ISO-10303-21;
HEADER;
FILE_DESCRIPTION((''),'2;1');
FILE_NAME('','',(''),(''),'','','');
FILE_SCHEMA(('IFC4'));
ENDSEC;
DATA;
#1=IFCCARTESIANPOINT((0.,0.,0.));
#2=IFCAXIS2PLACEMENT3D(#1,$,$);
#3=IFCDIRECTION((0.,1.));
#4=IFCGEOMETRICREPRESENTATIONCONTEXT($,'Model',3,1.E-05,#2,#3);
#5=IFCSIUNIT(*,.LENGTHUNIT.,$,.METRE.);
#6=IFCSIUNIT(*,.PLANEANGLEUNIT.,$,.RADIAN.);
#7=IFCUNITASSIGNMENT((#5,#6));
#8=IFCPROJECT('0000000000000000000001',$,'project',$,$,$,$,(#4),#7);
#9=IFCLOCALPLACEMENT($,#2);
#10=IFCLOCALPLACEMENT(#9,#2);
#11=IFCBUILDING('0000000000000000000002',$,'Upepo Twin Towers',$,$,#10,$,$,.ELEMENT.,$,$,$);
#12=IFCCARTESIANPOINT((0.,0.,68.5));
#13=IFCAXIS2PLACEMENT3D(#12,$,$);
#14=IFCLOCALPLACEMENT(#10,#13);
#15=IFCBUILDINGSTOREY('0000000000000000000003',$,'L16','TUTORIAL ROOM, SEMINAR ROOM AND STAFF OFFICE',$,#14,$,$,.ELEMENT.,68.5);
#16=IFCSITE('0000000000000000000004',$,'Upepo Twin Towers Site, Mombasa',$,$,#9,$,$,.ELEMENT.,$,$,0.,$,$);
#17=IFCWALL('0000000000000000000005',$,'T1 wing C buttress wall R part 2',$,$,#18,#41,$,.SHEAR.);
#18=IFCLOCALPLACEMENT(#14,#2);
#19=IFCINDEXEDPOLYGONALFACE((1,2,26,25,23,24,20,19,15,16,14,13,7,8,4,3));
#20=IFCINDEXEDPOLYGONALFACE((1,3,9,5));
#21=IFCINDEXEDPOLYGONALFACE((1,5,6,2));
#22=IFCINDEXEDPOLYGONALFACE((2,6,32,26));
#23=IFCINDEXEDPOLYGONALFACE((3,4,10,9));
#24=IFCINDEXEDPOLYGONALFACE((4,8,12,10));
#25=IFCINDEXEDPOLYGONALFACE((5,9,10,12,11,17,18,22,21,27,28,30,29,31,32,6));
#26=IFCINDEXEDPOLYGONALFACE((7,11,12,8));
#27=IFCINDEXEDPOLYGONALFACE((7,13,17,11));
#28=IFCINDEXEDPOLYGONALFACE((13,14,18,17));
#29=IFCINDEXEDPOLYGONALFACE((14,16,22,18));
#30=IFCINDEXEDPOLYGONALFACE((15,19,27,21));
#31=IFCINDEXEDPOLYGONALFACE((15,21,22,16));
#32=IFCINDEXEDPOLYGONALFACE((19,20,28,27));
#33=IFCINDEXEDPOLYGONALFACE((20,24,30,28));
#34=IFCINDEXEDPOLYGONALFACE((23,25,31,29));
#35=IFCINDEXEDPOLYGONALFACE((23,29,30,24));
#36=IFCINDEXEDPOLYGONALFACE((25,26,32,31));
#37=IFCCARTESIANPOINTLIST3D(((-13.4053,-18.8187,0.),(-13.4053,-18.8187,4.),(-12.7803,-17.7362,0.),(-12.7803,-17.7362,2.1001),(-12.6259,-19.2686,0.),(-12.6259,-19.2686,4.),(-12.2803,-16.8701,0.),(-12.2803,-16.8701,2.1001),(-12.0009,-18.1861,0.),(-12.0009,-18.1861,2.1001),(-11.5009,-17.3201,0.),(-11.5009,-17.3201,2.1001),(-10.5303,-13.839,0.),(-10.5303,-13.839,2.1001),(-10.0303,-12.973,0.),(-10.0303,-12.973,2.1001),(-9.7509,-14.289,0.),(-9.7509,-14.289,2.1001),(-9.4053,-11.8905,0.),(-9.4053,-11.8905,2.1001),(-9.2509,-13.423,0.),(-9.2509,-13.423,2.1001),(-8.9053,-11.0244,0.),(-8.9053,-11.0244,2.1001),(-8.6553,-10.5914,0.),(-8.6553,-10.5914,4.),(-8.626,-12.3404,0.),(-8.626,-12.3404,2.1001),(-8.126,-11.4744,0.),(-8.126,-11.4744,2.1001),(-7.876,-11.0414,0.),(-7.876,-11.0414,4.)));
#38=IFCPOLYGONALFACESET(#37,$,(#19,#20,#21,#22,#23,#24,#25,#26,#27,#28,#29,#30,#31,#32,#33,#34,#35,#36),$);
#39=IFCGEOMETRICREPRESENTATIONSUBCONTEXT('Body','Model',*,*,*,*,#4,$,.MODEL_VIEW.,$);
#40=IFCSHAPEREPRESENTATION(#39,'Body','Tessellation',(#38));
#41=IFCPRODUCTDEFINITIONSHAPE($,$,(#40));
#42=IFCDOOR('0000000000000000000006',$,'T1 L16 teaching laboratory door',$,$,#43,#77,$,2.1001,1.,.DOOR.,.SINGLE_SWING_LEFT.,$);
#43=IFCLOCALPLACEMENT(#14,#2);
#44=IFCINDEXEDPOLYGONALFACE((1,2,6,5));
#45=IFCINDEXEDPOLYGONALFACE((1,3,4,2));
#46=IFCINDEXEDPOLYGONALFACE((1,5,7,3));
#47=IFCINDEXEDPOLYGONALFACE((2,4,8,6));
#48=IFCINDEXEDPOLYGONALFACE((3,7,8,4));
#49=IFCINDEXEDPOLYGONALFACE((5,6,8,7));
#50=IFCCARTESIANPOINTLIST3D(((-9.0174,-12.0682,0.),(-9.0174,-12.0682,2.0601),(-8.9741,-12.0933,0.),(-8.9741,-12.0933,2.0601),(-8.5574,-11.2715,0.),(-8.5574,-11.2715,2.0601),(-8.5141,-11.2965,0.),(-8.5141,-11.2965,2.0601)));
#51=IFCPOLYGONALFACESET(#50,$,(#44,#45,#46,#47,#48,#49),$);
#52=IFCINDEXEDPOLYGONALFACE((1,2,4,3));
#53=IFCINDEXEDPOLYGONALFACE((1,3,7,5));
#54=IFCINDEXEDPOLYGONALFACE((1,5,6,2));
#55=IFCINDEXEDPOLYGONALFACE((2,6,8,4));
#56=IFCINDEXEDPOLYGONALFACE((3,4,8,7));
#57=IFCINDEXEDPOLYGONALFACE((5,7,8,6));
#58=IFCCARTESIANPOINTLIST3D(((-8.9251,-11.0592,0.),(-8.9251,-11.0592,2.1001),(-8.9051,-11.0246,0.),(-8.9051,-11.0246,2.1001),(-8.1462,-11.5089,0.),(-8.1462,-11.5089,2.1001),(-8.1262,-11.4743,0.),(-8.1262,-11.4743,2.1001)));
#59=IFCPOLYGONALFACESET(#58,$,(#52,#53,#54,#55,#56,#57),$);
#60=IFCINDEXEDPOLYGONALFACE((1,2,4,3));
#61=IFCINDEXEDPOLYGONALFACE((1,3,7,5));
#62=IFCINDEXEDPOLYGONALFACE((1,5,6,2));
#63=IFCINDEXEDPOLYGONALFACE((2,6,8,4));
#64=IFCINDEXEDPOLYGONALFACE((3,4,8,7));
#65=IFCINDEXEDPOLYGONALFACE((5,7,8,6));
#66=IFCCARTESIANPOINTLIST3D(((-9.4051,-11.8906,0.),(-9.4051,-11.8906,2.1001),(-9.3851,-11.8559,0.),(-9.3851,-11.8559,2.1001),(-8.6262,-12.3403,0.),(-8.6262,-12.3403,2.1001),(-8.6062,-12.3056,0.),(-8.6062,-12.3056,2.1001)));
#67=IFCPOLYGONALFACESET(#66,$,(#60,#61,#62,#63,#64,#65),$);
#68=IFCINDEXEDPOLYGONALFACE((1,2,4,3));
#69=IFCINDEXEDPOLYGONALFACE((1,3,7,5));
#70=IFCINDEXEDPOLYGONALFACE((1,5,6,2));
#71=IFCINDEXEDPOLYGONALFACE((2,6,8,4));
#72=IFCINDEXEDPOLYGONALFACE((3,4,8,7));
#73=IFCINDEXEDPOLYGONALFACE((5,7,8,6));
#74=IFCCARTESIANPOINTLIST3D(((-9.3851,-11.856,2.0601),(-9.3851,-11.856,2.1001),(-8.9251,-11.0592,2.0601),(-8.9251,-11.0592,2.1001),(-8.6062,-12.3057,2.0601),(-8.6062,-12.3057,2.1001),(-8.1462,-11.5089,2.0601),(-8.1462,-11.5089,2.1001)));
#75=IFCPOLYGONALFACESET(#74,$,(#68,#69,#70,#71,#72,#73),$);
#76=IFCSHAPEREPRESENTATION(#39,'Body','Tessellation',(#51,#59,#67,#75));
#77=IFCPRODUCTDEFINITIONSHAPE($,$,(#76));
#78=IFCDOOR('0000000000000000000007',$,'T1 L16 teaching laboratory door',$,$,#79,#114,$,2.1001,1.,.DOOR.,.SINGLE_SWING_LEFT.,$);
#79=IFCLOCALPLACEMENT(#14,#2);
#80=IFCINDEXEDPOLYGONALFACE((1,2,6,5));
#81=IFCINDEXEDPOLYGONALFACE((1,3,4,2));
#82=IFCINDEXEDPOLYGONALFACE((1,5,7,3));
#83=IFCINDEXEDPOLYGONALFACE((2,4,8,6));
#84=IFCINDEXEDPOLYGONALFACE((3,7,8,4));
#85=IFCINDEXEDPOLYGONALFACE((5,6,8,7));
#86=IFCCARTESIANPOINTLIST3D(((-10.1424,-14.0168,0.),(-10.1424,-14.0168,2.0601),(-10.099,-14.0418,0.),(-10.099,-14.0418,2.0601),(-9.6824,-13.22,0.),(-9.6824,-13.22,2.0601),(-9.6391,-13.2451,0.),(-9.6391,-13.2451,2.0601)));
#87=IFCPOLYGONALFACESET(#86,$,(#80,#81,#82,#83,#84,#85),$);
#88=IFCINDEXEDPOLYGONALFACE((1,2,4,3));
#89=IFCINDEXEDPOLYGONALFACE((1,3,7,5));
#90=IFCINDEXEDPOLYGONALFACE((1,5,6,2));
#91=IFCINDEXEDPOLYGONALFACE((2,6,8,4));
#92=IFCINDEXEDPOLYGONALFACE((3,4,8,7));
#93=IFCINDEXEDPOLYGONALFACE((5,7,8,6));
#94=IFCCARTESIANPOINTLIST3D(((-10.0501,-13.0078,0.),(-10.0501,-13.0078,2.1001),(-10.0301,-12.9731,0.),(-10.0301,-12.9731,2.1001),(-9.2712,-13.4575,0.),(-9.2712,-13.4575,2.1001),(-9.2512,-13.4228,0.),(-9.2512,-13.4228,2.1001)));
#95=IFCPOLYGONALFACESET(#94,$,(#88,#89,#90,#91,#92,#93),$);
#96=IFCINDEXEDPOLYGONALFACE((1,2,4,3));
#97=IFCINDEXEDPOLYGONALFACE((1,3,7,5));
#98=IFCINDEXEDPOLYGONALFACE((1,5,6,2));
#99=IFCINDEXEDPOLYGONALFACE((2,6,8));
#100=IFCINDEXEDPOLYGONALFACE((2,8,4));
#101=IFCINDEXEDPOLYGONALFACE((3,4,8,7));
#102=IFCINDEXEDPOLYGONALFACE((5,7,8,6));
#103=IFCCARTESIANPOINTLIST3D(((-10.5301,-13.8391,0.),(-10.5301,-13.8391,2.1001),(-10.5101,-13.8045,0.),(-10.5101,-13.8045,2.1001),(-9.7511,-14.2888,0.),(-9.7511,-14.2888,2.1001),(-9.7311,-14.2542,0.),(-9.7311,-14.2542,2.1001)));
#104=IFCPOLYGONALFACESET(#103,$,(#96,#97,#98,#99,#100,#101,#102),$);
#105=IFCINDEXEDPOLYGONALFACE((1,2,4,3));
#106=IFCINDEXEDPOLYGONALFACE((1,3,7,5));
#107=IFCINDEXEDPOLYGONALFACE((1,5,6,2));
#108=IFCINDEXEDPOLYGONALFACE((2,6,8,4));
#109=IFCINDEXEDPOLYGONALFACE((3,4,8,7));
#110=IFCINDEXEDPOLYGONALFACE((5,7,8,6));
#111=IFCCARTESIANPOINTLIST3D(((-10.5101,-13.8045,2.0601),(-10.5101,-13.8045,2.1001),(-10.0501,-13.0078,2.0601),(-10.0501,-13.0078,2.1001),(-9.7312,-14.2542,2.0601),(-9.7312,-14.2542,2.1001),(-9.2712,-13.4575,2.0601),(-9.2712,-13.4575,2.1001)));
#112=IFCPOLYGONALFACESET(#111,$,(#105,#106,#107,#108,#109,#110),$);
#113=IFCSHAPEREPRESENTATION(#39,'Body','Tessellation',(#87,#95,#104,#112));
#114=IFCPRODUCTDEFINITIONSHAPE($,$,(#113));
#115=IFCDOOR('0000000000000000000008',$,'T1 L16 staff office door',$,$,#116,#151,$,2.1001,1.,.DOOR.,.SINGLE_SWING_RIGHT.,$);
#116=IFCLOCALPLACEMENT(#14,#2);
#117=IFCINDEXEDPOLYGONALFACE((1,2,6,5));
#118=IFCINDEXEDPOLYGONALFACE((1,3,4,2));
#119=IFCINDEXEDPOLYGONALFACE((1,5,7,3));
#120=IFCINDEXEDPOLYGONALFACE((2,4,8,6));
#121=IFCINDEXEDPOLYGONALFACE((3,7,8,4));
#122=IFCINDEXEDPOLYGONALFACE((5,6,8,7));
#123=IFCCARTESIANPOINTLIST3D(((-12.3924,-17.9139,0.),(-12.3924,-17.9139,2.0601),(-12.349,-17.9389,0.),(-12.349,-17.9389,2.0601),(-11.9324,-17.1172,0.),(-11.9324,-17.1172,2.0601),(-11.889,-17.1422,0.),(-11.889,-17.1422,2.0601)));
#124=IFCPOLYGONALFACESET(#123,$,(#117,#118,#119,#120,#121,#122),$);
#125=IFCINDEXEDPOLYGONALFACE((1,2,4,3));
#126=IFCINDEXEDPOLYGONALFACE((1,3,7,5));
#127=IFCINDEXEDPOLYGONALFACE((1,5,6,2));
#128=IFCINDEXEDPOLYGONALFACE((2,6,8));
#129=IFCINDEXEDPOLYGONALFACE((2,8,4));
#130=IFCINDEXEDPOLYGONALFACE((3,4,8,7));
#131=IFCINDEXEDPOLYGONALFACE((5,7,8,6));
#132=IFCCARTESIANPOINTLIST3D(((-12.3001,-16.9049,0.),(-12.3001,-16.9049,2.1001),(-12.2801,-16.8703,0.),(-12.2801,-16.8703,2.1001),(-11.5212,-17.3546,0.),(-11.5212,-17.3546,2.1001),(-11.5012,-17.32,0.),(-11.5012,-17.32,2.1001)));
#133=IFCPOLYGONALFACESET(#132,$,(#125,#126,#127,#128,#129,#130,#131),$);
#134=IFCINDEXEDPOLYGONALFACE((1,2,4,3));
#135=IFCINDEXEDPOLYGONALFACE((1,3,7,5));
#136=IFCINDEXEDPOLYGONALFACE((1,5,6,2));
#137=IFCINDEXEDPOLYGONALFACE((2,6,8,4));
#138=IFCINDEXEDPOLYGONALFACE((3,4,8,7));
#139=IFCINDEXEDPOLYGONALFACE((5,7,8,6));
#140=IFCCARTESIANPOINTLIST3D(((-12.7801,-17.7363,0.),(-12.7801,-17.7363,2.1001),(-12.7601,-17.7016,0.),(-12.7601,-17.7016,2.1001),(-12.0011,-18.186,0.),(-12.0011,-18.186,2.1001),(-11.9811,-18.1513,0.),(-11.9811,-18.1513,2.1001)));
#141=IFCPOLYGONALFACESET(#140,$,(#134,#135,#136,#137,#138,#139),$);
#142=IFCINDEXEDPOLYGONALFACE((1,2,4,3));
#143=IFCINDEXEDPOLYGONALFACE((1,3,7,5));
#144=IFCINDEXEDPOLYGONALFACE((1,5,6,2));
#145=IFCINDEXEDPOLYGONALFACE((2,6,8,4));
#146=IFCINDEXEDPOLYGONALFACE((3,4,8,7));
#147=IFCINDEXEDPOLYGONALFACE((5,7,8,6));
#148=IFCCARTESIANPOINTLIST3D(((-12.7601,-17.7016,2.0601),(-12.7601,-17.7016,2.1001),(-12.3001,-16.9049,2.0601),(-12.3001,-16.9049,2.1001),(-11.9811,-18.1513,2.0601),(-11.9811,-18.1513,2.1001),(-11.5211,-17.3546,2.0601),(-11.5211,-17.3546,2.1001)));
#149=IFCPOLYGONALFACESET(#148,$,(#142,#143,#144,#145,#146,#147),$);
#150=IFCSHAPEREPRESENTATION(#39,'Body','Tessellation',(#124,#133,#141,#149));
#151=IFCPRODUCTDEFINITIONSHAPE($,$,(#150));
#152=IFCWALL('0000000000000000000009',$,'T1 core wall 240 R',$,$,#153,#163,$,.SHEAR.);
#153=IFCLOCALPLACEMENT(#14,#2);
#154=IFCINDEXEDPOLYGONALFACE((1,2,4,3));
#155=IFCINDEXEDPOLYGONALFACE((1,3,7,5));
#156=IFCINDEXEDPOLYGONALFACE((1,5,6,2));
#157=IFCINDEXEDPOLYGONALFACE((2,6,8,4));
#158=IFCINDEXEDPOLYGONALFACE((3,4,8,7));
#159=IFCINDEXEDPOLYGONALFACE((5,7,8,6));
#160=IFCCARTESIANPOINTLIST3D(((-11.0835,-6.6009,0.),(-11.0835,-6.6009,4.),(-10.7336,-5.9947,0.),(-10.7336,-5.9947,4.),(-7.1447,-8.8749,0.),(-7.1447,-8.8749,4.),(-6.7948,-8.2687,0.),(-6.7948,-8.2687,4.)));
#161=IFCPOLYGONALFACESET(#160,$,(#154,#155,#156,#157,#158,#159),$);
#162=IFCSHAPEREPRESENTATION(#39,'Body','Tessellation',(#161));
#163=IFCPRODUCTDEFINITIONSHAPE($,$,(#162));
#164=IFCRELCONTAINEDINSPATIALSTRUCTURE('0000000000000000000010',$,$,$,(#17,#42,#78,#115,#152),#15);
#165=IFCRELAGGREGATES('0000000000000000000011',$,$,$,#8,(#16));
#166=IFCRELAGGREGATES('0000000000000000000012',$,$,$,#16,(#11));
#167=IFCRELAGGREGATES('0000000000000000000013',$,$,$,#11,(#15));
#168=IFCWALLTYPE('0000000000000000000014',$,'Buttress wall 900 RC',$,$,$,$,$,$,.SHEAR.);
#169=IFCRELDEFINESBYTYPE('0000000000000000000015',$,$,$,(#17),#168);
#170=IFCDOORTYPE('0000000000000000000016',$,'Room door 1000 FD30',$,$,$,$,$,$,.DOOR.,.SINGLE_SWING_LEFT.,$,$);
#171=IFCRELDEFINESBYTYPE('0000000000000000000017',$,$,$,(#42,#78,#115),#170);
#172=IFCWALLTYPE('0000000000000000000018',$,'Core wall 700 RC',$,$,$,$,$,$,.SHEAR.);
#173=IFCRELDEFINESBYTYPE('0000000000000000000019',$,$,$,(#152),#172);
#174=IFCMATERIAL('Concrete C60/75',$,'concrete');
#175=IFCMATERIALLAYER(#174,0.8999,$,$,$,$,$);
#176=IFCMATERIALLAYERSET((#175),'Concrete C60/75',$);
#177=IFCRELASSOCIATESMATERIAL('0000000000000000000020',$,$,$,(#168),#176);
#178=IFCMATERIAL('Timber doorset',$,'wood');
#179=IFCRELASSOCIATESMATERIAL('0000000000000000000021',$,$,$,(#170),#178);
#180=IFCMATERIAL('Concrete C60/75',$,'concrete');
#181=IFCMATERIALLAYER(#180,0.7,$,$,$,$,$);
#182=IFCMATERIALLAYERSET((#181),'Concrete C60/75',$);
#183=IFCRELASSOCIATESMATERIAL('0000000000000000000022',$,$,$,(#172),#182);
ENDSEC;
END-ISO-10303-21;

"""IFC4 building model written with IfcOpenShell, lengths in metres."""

from ifc_helpers import new_model, si_unit, direction, frame, frame_2d, origin, place, context, subcontext, project, spatial, rectangle, extrude, material, layer, layer_set, type_object, element, fill, save


model = new_model("IFC4")

# Units and contexts
model_context = context("Model", 3, precision=1e-05, world=origin(), true_north=direction((0.0, 1.0)))
body_context = subcontext(model_context, "Body", "Model", "MODEL_VIEW")
ifc_project = project(units=[si_unit("LENGTHUNIT", "METRE"), si_unit("PLANEANGLEUNIT", "RADIAN")], contexts=[model_context])

# Site, building, storey
site_placement = place(None, origin())
site = spatial("IfcSite", under=ifc_project, at=site_placement, Name="Upepo Twin Towers Site, Mombasa", CompositionType="ELEMENT", RefElevation=0.0)
building_placement = place(site_placement, origin())
building = spatial("IfcBuilding", under=site, at=building_placement, Name="Upepo Twin Towers", CompositionType="ELEMENT")
storey_placement = place(building_placement, frame((0.0, 0.0, 68.5)))
storey = spatial("IfcBuildingStorey", under=building, at=storey_placement, Name="L16", Description="TUTORIAL ROOM, SEMINAR ROOM AND STAFF OFFICE", CompositionType="ELEMENT", Elevation=68.5)

# Wall, openings, doors
ifc_material_1 = material(Name="Concrete C60/75", Category="concrete")
ifc_layer_1 = layer(ifc_material_1, 0.8999)
ifc_layer_set_1 = layer_set([ifc_layer_1], Name="Concrete C60/75")
wall_type_1 = type_object("IfcWallType", Name="Buttress wall 900 RC", PredefinedType="SHEAR", material=ifc_layer_set_1)
wall_1_placement = place(storey_placement, frame((-8.2656, -10.8164, 0.0), z_axis=(0.0, 0.0, 1.0), x_axis=(-0.499998, -0.866027, 0.0)))
wall_1 = element("IfcWall", 1, at=wall_1_placement, inside=storey, type_object=wall_type_1, Name="T1 wing C buttress wall R part 2", PredefinedType="SHEAR", context=body_context, shape_type="SweptSolid", body=[
    extrude(rectangle(XDim=9.5, YDim=0.8999, at=frame_2d((4.75, 0.0))), origin(), (0.0, 0.0, 1.0), 4.0),
])
opening_1_placement = place(wall_1_placement, frame((0.5, 0.0, 0.0)))
opening_1 = element("IfcOpeningElement", 2, at=opening_1_placement, cuts=wall_1, PredefinedType="OPENING", context=body_context, shape_type="SweptSolid", body=[
    extrude(rectangle(XDim=1.0, YDim=2.1001, at=frame_2d((0.5, 1.05))), frame((0.0, 0.46, 0.0), z_axis=(0.0, -1.0, 0.0), x_axis=(1.0, 0.0, 0.0)), (0.0, 0.0, 1.0), 0.9199),
])
opening_2_placement = place(wall_1_placement, frame((2.75, 0.0, 0.0)))
opening_2 = element("IfcOpeningElement", 3, at=opening_2_placement, cuts=wall_1, PredefinedType="OPENING", context=body_context, shape_type="SweptSolid", body=[
    extrude(rectangle(XDim=1.0, YDim=2.1001, at=frame_2d((0.5, 1.05))), frame((0.0, 0.46, 0.0), z_axis=(0.0, -1.0, 0.0), x_axis=(1.0, 0.0, 0.0)), (0.0, 0.0, 1.0), 0.9199),
])
opening_3_placement = place(wall_1_placement, frame((7.25, 0.0, 0.0)))
opening_3 = element("IfcOpeningElement", 4, at=opening_3_placement, cuts=wall_1, PredefinedType="OPENING", context=body_context, shape_type="SweptSolid", body=[
    extrude(rectangle(XDim=1.0, YDim=2.1001, at=frame_2d((0.5, 1.05))), frame((0.0, 0.46, 0.0), z_axis=(0.0, -1.0, 0.0), x_axis=(1.0, 0.0, 0.0)), (0.0, 0.0, 1.0), 0.9199),
])
ifc_material_2 = material(Name="Timber doorset", Category="wood")
door_type_1 = type_object("IfcDoorType", Name="Room door 1000 FD30", OperationType="SINGLE_SWING_LEFT", PredefinedType="DOOR", material=ifc_material_2)
door_1_placement = place(opening_1_placement, origin())
door_1 = element("IfcDoor", 5, at=door_1_placement, inside=storey, type_object=door_type_1, Name="T1 L16 teaching laboratory door", OperationType="SINGLE_SWING_LEFT", OverallHeight=2.1001, OverallWidth=1.0, PredefinedType="DOOR", context=body_context, shape_type="SweptSolid", body=[
    extrude(rectangle(XDim=0.92, YDim=2.0601, at=frame_2d((0.5, 1.03))), frame((0.0, 0.0249, 0.0), z_axis=(0.0, -1.0, 0.0), x_axis=(1.0, 0.0, 0.0)), (0.0, 0.0, 1.0), 0.05),
    extrude(rectangle(XDim=0.04, YDim=2.1001, at=frame_2d((0.02, 1.05))), frame((0.0, 0.4497, 0.0), z_axis=(0.0, -1.0, 0.0), x_axis=(1.0, 0.0, 0.0)), (0.0, 0.0, 1.0), 0.8994),
    extrude(rectangle(XDim=0.04, YDim=2.1001, at=frame_2d((0.98, 1.05))), frame((0.0, 0.4497, 0.0), z_axis=(0.0, -1.0, 0.0), x_axis=(1.0, 0.0, 0.0)), (0.0, 0.0, 1.0), 0.8994),
    extrude(rectangle(XDim=0.92, YDim=0.04, at=frame_2d((0.5, 2.0801))), frame((0.0, 0.4497, 0.0), z_axis=(0.0, -1.0, 0.0), x_axis=(1.0, 0.0, 0.0)), (0.0, 0.0, 1.0), 0.8994),
])
fill(opening_1, door_1)
door_2_placement = place(opening_2_placement, origin())
door_2 = element("IfcDoor", 6, at=door_2_placement, inside=storey, type_object=door_type_1, Name="T1 L16 teaching laboratory door", OperationType="SINGLE_SWING_LEFT", OverallHeight=2.1001, OverallWidth=1.0, PredefinedType="DOOR", context=body_context, shape_type="SweptSolid", body=[
    extrude(rectangle(XDim=0.92, YDim=2.0601, at=frame_2d((0.5, 1.03))), frame((0.0, 0.0249, 0.0), z_axis=(0.0, -1.0, 0.0), x_axis=(1.0, 0.0, 0.0)), (0.0, 0.0, 1.0), 0.05),
    extrude(rectangle(XDim=0.04, YDim=2.1001, at=frame_2d((0.02, 1.05))), frame((0.0, 0.4497, 0.0), z_axis=(0.0, -1.0, 0.0), x_axis=(1.0, 0.0, 0.0)), (0.0, 0.0, 1.0), 0.8994),
    extrude(rectangle(XDim=0.04, YDim=2.1001, at=frame_2d((0.98, 1.05))), frame((0.0, 0.4497, 0.0), z_axis=(0.0, -1.0, 0.0), x_axis=(1.0, 0.0, 0.0)), (0.0, 0.0, 1.0), 0.8994),
    extrude(rectangle(XDim=0.92, YDim=0.04, at=frame_2d((0.5, 2.0801))), frame((0.0, 0.4497, 0.0), z_axis=(0.0, -1.0, 0.0), x_axis=(1.0, 0.0, 0.0)), (0.0, 0.0, 1.0), 0.8994),
])
fill(opening_2, door_2)
door_3_placement = place(opening_3_placement, origin())
door_3 = element("IfcDoor", 7, at=door_3_placement, inside=storey, type_object=door_type_1, Name="T1 L16 staff office door", OperationType="SINGLE_SWING_RIGHT", OverallHeight=2.1001, OverallWidth=1.0, PredefinedType="DOOR", context=body_context, shape_type="SweptSolid", body=[
    extrude(rectangle(XDim=0.92, YDim=2.0601, at=frame_2d((0.5, 1.03))), frame((0.0, 0.0249, 0.0), z_axis=(0.0, -1.0, 0.0), x_axis=(1.0, 0.0, 0.0)), (0.0, 0.0, 1.0), 0.05),
    extrude(rectangle(XDim=0.04, YDim=2.1001, at=frame_2d((0.02, 1.05))), frame((0.0, 0.4497, 0.0), z_axis=(0.0, -1.0, 0.0), x_axis=(1.0, 0.0, 0.0)), (0.0, 0.0, 1.0), 0.8994),
    extrude(rectangle(XDim=0.04, YDim=2.1001, at=frame_2d((0.98, 1.05))), frame((0.0, 0.4497, 0.0), z_axis=(0.0, -1.0, 0.0), x_axis=(1.0, 0.0, 0.0)), (0.0, 0.0, 1.0), 0.8994),
    extrude(rectangle(XDim=0.92, YDim=0.04, at=frame_2d((0.5, 2.0801))), frame((0.0, 0.4497, 0.0), z_axis=(0.0, -1.0, 0.0), x_axis=(1.0, 0.0, 0.0)), (0.0, 0.0, 1.0), 0.8994),
])
fill(opening_3, door_3)

# Wall
ifc_material_3 = material(Name="Concrete C60/75", Category="concrete")
ifc_layer_2 = layer(ifc_material_3, 0.7)
ifc_layer_set_2 = layer_set([ifc_layer_2], Name="Concrete C60/75")
wall_type_2 = type_object("IfcWallType", Name="Core wall 700 RC", PredefinedType="SHEAR", material=ifc_layer_set_2)
wall_2_placement = place(storey_placement, frame((-10.9084, -6.2979, 0.0), z_axis=(0.0, 0.0, 1.0), x_axis=(0.866035, -0.499984, 0.0)))
element("IfcWall", 8, at=wall_2_placement, inside=storey, type_object=wall_type_2, Name="T1 core wall 240 R", PredefinedType="SHEAR", context=body_context, shape_type="SweptSolid", body=[
    extrude(rectangle(XDim=4.5481, YDim=0.7, at=frame_2d((2.2739, 0.0))), origin(), (0.0, 0.0, 1.0), 4.0),
])

save(model, "model.ifc")
